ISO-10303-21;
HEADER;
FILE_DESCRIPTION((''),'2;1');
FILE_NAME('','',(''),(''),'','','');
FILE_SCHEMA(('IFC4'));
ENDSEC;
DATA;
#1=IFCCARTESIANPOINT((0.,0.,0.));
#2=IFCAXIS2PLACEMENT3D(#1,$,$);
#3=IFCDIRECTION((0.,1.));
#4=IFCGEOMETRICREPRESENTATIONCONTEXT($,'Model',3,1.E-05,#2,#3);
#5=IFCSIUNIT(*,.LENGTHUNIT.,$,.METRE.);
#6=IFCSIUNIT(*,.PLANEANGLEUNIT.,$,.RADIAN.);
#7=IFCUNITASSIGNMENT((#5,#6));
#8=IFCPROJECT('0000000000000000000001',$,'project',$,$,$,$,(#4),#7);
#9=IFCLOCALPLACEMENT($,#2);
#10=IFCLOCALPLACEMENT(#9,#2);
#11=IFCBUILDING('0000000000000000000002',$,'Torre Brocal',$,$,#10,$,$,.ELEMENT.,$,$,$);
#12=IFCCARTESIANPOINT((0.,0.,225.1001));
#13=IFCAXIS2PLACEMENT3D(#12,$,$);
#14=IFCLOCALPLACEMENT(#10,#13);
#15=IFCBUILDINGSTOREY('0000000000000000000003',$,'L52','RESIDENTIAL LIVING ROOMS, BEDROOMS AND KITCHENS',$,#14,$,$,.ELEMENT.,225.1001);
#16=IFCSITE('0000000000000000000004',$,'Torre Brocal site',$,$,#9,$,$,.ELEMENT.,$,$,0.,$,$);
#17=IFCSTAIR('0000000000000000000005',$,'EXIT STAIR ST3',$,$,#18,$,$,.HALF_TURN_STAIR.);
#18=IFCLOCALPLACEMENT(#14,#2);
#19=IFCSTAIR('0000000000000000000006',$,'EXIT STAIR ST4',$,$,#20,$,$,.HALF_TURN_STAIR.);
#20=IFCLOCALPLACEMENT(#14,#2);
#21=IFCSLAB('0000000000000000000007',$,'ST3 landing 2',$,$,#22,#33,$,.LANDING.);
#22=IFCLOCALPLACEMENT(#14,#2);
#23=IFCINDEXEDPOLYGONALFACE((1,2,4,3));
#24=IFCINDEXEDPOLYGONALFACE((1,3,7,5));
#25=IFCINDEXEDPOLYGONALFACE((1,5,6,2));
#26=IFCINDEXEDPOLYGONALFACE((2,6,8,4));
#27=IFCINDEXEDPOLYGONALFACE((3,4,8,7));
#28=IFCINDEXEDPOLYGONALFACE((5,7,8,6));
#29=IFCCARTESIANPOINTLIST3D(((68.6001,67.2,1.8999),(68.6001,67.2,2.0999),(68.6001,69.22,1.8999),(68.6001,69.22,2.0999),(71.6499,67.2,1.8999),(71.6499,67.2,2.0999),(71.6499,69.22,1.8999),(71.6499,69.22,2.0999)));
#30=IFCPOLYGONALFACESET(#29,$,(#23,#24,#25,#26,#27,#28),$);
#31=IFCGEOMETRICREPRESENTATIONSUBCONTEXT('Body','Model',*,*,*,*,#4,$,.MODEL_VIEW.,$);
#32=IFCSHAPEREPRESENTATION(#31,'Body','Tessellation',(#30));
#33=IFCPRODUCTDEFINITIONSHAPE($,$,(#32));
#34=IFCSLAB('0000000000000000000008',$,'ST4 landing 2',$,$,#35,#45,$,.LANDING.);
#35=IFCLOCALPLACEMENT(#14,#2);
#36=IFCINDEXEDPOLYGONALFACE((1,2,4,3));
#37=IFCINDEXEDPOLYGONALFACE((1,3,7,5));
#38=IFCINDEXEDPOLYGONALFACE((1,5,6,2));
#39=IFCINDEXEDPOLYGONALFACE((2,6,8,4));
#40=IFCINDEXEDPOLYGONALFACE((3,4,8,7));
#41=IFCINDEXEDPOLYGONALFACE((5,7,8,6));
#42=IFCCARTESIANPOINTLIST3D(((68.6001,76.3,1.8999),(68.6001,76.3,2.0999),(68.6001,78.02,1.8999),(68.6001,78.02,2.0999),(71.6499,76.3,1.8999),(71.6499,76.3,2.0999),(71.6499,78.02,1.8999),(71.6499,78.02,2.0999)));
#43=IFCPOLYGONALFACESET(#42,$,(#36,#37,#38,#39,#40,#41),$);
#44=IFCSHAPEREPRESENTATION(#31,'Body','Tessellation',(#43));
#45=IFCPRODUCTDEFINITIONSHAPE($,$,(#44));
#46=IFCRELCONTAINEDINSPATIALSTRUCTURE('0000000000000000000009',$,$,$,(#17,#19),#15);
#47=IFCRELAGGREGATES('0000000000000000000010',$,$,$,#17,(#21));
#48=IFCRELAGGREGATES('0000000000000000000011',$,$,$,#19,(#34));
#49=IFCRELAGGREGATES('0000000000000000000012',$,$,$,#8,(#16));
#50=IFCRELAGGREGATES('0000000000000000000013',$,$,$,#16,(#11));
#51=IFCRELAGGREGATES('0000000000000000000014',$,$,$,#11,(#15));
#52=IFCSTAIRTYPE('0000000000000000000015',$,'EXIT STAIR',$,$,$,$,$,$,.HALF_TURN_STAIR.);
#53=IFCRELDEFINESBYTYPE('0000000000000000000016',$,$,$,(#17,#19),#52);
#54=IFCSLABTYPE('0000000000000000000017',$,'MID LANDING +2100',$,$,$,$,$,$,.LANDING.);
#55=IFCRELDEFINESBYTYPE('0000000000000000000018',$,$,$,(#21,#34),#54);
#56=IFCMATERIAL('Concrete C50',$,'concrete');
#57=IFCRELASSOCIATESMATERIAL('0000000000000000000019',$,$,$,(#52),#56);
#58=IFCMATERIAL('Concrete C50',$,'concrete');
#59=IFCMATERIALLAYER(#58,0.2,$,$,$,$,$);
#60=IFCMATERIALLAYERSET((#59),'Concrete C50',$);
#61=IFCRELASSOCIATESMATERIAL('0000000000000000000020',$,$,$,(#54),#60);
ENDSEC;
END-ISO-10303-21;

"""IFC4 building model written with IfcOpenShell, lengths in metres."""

from ifc_helpers import new_model, si_unit, direction, frame, origin, place, context, subcontext, project, spatial, polyline, outline, extrude, material, layer, layer_set, type_object, element, aggregate, save


model = new_model("IFC4")

# Units and contexts
model_context = context("Model", 3, precision=1e-05, world=origin(), true_north=direction((0.0, 1.0)))
body_context = subcontext(model_context, "Body", "Model", "MODEL_VIEW")
ifc_project = project(units=[si_unit("LENGTHUNIT", "METRE"), si_unit("PLANEANGLEUNIT", "RADIAN")], contexts=[model_context])

# Site, building, storey
site_placement = place(None, origin())
site = spatial("IfcSite", under=ifc_project, at=site_placement, Name="Torre Brocal site", CompositionType="ELEMENT", RefElevation=0.0)
building_placement = place(site_placement, origin())
building = spatial("IfcBuilding", under=site, at=building_placement, Name="Torre Brocal", CompositionType="ELEMENT")
storey_placement = place(building_placement, frame((0.0, 0.0, 225.1001)))
storey = spatial("IfcBuildingStorey", under=building, at=storey_placement, Name="L52", Description="RESIDENTIAL LIVING ROOMS, BEDROOMS AND KITCHENS", CompositionType="ELEMENT", Elevation=225.1001)

# Stairs
ifc_material_1 = material(Name="Concrete C50", Category="concrete")
stair_type = type_object("IfcStairType", Name="EXIT STAIR", PredefinedType="HALF_TURN_STAIR", material=ifc_material_1)
stair_1_placement = place(storey_placement, origin())
stair_1 = element("IfcStair", 1, at=stair_1_placement, inside=storey, type_object=stair_type, Name="EXIT STAIR ST3", PredefinedType="HALF_TURN_STAIR")
stair_2_placement = place(storey_placement, origin())
stair_2 = element("IfcStair", 2, at=stair_2_placement, inside=storey, type_object=stair_type, Name="EXIT STAIR ST4", PredefinedType="HALF_TURN_STAIR")

# Slabs
ifc_material_2 = material(Name="Concrete C50", Category="concrete")
ifc_layer_1 = layer(ifc_material_2, 0.2)
ifc_layer_set_1 = layer_set([ifc_layer_1], Name="Concrete C50")
slab_type_1 = type_object("IfcSlabType", Name="MID LANDING +2100", PredefinedType="LANDING", material=ifc_layer_set_1)
slab_1_placement = place(storey_placement, frame((0.0, 0.0, 1.8999)))
slab_1 = element("IfcSlab", 3, at=slab_1_placement, type_object=slab_type_1, Name="ST3 landing 2", PredefinedType="LANDING", context=body_context, shape_type="SweptSolid", body=[
    extrude(outline(polyline([(71.6499, 69.22), (68.6001, 69.22), (68.6001, 67.2), (71.6499, 67.2), (71.6499, 69.22)])), origin(), (0.0, 0.0, 1.0), 0.2),
])
aggregate(stair_1, [slab_1])
slab_2_placement = place(storey_placement, frame((0.0, 0.0, 1.8999)))
slab_2 = element("IfcSlab", 4, at=slab_2_placement, type_object=slab_type_1, Name="ST4 landing 2", PredefinedType="LANDING", context=body_context, shape_type="SweptSolid", body=[
    extrude(outline(polyline([(71.6499, 78.02), (68.6001, 78.02), (68.6001, 76.3), (71.6499, 76.3), (71.6499, 78.02)])), origin(), (0.0, 0.0, 1.0), 0.2),
])
aggregate(stair_2, [slab_2])

save(model, "model.ifc")
